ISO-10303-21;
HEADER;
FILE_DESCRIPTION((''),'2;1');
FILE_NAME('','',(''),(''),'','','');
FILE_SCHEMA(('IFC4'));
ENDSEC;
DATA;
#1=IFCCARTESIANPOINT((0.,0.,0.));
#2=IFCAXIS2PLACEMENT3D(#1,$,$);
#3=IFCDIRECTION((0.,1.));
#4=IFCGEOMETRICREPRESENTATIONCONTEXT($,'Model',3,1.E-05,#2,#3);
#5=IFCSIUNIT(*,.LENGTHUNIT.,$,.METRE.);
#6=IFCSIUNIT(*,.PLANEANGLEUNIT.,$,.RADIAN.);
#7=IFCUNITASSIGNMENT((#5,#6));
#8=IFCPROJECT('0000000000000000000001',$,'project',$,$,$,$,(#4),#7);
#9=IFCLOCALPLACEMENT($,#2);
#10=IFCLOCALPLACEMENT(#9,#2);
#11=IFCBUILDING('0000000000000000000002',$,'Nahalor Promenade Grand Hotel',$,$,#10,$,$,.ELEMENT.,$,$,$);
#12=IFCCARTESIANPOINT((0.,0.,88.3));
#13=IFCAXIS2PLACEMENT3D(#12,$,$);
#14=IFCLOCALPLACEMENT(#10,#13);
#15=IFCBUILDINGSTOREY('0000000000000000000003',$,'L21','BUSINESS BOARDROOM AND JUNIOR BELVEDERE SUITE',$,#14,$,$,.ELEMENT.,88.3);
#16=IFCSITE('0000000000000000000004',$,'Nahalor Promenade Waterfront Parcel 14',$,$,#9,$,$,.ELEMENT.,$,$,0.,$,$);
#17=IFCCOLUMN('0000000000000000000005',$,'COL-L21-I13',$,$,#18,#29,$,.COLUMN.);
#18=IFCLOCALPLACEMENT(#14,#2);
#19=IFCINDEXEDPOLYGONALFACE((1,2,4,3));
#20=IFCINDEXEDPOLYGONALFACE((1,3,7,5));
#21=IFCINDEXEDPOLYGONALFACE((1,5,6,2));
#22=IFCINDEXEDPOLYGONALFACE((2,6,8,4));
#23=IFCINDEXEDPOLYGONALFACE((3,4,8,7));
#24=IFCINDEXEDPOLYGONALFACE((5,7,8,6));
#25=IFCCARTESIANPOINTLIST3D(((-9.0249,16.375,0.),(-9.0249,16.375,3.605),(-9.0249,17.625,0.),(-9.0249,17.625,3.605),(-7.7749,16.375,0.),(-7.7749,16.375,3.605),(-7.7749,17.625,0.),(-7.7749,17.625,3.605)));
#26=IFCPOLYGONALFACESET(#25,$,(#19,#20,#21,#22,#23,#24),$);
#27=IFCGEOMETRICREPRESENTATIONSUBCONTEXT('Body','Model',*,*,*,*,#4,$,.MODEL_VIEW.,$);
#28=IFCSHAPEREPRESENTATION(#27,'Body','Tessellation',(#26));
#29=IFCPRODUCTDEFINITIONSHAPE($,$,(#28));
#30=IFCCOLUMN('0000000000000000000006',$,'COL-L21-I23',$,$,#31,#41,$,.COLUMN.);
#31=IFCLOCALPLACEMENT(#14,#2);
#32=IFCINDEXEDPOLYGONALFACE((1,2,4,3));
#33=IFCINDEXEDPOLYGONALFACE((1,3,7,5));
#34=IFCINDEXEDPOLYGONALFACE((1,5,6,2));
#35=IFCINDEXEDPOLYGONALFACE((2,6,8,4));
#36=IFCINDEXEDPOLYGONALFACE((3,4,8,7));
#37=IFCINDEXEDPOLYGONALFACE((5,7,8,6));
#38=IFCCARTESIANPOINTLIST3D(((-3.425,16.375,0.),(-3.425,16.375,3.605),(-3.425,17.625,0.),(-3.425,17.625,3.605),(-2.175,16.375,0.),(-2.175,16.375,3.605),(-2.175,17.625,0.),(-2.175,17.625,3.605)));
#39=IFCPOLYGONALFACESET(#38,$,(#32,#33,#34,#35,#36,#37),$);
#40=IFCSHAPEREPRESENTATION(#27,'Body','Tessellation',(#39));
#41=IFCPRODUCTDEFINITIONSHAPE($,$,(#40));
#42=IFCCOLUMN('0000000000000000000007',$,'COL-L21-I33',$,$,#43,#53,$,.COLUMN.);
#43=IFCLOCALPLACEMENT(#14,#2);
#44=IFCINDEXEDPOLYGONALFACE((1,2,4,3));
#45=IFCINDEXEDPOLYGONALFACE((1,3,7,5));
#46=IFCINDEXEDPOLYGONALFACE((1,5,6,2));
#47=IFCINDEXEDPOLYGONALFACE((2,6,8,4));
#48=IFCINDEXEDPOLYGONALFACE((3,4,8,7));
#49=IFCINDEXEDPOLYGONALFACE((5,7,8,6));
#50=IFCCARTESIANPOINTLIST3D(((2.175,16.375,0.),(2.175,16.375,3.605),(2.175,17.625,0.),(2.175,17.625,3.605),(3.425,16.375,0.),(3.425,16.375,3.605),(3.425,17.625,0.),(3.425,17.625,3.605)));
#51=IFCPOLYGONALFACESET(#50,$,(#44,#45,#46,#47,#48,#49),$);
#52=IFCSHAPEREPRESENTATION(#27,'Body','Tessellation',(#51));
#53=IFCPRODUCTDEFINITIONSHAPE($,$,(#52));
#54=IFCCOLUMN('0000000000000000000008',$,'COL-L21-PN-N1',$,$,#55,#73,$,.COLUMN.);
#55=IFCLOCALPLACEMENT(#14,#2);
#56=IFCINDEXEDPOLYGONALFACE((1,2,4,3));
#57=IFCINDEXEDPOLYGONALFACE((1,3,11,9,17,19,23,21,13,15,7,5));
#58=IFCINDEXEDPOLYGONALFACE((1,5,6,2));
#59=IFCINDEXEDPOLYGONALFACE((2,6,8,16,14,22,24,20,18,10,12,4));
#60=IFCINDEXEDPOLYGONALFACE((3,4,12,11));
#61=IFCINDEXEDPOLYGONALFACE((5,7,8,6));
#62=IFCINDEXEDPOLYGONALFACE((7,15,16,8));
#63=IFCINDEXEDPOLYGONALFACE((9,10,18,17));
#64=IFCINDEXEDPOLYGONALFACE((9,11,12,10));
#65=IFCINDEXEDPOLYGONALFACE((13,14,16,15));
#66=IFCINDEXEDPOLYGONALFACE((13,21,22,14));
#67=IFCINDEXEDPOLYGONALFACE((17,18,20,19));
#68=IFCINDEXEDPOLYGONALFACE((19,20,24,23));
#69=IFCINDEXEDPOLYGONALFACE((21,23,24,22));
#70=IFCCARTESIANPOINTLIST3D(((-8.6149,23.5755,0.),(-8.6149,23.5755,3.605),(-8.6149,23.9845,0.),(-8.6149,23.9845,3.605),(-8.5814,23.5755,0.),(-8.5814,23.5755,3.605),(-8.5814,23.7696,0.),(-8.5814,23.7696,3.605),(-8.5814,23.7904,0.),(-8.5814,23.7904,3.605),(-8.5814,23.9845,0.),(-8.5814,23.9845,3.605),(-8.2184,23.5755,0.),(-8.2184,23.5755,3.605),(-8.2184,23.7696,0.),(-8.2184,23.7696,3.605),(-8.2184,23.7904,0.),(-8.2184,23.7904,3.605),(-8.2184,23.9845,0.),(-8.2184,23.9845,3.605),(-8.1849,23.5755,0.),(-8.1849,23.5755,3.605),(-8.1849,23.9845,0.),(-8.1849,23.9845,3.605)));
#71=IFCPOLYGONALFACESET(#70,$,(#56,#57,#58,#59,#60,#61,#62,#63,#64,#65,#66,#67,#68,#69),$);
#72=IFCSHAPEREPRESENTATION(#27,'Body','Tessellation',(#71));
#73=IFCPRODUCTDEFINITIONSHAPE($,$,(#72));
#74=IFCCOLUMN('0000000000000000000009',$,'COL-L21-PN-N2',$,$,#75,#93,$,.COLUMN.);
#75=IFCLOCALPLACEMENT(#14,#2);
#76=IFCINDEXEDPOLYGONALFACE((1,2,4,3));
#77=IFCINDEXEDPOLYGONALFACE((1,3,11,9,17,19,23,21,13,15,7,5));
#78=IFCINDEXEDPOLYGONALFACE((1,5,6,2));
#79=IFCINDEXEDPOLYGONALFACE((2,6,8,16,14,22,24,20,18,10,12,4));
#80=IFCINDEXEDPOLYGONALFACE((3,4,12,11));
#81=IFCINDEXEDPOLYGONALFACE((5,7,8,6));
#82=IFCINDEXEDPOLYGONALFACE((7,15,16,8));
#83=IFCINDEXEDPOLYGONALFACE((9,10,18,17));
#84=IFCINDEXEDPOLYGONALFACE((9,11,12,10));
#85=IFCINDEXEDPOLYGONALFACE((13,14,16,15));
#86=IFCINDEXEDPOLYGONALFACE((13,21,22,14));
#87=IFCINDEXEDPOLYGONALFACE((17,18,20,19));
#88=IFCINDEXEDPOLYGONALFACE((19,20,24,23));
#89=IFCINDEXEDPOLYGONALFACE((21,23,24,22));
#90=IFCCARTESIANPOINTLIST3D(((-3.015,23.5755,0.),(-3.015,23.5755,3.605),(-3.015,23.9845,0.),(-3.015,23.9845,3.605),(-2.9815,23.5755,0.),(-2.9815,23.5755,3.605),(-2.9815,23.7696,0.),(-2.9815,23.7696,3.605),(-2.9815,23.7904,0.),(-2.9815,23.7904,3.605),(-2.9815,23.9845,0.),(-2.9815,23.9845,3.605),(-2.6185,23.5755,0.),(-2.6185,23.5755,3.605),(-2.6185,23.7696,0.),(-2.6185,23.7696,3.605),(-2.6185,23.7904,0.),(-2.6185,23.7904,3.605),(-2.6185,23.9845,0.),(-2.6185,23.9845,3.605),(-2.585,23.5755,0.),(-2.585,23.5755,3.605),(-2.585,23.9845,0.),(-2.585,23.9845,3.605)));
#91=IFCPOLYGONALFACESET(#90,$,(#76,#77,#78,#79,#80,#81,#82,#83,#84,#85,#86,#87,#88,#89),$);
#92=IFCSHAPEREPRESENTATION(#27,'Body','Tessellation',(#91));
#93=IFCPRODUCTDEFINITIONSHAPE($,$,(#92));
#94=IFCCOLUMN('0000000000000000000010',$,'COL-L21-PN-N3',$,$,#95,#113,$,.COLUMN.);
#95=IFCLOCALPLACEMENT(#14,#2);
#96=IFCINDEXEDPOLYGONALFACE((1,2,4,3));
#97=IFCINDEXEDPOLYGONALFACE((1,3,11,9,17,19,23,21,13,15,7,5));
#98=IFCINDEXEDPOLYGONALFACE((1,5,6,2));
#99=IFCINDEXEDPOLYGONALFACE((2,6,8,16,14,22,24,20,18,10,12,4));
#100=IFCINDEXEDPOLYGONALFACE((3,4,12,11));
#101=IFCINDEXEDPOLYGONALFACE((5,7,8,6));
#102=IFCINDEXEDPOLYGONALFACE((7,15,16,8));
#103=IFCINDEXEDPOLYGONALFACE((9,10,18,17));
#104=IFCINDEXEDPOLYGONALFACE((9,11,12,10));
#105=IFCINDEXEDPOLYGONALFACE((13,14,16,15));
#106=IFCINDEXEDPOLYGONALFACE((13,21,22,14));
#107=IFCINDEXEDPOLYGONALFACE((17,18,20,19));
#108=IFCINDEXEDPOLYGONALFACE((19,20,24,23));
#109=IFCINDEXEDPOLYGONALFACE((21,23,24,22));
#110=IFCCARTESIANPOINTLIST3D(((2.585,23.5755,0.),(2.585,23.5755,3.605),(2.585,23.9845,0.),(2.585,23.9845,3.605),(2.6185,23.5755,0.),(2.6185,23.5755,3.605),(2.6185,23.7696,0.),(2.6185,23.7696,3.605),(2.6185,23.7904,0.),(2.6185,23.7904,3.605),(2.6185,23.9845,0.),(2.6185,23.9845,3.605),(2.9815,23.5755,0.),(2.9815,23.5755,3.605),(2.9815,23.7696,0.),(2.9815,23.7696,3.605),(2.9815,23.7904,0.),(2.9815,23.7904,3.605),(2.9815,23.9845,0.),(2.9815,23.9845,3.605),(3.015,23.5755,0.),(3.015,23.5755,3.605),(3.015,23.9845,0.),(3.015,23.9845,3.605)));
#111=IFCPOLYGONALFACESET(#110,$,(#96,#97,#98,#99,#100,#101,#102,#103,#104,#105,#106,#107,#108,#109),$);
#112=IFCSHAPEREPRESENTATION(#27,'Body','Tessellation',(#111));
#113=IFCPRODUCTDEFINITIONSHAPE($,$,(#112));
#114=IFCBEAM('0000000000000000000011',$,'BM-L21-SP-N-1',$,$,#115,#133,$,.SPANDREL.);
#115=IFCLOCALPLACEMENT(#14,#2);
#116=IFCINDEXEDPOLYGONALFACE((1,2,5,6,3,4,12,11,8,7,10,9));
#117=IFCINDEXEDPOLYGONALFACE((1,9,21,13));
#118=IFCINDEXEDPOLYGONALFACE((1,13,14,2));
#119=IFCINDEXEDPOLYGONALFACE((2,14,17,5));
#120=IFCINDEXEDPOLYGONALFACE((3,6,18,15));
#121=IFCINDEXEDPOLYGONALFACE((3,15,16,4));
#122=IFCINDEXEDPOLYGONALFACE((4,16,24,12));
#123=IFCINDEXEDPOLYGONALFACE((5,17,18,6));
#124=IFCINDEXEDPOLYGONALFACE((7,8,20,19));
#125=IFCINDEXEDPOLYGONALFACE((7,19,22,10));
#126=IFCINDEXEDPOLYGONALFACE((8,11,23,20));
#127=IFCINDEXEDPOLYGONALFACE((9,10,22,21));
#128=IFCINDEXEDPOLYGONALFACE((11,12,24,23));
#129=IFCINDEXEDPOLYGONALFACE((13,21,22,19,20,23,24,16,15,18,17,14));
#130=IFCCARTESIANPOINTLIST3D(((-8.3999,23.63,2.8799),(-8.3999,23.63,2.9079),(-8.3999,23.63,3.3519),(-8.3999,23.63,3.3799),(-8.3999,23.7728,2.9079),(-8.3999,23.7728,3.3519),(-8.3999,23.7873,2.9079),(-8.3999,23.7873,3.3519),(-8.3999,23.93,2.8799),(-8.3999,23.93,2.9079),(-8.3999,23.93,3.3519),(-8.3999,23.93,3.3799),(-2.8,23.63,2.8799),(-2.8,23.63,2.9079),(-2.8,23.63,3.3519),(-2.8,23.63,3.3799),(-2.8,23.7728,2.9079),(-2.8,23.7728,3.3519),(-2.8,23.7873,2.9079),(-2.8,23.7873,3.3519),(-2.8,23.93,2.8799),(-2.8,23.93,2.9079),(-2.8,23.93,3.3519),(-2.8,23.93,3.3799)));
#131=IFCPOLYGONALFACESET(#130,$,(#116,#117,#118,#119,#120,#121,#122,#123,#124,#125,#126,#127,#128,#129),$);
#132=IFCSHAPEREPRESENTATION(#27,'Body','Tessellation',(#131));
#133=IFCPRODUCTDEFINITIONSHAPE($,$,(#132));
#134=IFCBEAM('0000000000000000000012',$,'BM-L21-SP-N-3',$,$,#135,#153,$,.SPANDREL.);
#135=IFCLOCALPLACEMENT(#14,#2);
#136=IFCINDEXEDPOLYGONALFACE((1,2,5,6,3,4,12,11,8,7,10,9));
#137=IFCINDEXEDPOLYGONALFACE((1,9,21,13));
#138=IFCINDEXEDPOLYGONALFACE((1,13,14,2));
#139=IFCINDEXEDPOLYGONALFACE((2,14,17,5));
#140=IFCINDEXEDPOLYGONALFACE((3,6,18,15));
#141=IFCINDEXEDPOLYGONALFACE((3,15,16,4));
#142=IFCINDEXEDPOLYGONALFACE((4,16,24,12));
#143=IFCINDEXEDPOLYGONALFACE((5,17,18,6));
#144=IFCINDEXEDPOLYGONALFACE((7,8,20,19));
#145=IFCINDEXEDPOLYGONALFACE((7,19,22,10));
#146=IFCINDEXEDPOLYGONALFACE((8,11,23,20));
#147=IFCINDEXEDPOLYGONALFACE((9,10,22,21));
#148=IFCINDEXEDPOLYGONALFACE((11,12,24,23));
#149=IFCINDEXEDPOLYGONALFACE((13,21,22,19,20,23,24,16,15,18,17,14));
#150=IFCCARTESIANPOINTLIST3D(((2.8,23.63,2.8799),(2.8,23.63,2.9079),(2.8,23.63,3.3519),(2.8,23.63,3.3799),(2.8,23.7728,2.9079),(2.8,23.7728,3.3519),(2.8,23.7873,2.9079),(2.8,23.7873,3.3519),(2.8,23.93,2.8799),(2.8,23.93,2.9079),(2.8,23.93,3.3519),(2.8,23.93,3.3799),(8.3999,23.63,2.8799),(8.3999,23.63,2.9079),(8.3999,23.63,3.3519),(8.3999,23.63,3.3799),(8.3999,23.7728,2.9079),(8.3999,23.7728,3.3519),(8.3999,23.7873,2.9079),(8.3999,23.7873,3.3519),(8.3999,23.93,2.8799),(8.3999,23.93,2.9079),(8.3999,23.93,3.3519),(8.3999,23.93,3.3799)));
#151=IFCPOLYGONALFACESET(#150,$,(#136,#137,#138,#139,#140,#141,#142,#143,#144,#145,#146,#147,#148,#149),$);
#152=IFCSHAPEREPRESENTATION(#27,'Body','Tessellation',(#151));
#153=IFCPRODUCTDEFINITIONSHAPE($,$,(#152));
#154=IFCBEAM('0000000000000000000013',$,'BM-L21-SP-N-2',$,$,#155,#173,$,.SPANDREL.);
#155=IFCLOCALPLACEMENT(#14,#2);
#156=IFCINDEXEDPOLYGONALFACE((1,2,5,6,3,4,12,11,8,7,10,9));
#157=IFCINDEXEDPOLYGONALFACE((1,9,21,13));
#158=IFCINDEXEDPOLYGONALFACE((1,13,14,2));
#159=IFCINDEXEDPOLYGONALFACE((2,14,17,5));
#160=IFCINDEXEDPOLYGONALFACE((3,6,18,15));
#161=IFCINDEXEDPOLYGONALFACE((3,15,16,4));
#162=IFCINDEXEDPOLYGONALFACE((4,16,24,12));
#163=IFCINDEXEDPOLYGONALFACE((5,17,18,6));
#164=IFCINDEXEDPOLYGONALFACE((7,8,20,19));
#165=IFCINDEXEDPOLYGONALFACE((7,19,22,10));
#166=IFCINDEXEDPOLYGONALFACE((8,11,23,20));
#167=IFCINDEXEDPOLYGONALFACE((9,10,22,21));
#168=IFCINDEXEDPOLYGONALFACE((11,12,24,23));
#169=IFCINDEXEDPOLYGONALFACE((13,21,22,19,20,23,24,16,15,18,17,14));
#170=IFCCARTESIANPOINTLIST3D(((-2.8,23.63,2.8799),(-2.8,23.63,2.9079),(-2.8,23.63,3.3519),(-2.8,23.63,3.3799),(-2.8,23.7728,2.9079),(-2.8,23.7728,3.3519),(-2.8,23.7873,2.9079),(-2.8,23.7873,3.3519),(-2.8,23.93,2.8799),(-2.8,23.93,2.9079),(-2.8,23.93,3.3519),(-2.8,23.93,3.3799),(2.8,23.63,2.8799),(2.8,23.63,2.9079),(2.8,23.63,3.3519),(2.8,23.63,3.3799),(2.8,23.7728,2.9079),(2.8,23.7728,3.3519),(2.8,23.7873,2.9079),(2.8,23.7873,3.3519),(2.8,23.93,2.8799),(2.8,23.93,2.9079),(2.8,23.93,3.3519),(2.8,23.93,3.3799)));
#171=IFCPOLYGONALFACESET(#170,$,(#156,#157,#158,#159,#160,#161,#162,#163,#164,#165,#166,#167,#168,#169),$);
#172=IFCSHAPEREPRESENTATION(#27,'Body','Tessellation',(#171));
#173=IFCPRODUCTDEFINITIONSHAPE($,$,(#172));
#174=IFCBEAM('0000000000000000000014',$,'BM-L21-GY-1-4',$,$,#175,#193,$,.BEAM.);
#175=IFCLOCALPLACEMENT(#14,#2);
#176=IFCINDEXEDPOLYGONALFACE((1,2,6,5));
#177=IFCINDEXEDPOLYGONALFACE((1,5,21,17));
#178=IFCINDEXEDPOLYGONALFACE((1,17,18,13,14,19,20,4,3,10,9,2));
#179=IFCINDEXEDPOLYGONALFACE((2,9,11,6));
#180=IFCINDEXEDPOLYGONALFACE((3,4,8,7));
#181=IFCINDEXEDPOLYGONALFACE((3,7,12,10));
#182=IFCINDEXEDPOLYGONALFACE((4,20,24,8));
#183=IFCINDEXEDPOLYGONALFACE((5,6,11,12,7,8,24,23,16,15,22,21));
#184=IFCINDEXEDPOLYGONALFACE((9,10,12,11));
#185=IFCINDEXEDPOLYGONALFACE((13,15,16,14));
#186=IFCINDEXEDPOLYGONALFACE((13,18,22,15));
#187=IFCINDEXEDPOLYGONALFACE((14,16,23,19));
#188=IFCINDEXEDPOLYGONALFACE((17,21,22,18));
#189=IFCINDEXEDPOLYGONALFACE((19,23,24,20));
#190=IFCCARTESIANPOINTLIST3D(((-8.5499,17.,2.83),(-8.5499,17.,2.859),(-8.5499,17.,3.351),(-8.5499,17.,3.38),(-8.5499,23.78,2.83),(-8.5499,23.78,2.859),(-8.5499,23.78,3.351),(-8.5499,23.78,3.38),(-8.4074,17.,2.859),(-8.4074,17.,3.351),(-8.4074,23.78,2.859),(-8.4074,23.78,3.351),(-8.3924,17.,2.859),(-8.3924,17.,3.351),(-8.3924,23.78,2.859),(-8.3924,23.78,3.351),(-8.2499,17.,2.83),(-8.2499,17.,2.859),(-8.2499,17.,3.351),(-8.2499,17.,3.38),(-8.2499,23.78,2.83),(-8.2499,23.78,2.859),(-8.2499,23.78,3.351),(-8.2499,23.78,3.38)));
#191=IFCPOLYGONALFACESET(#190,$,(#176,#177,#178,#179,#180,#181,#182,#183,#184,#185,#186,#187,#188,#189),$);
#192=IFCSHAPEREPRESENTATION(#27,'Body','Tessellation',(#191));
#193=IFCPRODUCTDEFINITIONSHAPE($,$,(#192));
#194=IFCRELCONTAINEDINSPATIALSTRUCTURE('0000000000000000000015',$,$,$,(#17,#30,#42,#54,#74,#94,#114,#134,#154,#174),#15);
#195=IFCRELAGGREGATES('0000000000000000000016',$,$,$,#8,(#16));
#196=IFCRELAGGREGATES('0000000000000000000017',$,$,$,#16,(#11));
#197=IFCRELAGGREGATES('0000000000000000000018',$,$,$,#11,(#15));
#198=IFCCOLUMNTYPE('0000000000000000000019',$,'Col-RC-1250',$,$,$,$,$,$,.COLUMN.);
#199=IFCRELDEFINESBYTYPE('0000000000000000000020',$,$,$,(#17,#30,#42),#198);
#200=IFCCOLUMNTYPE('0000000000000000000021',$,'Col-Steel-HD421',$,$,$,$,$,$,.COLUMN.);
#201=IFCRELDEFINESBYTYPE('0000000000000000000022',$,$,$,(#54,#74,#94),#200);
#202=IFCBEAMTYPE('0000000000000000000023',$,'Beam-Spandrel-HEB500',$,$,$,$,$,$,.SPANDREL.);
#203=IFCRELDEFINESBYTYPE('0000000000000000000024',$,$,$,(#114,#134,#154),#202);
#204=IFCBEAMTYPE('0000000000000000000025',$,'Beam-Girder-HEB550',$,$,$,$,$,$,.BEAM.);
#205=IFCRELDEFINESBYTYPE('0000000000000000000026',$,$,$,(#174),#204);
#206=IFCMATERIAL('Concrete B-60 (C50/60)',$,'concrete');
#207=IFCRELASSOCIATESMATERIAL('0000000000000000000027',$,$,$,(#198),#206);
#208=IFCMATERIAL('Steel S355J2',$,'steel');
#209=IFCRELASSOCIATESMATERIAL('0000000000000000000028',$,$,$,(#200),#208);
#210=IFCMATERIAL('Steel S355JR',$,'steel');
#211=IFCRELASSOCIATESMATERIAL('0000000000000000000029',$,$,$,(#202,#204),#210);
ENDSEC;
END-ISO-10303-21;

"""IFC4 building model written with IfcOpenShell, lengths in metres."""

from ifc_helpers import new_model, si_unit, direction, frame, origin, origin_2d, place, context, subcontext, project, spatial, rectangle, i_section, extrude, source, transform, mapped, material, material_profile, profile_set, type_object, element, save


model = new_model("IFC4")

# Units and contexts
model_context = context("Model", 3, precision=1e-05, world=origin(), true_north=direction((0.0, 1.0)))
body_context = subcontext(model_context, "Body", "Model", "MODEL_VIEW")
ifc_project = project(units=[si_unit("LENGTHUNIT", "METRE"), si_unit("PLANEANGLEUNIT", "RADIAN")], contexts=[model_context])

# Site, building, storey
site_placement = place(None, origin())
site = spatial("IfcSite", under=ifc_project, at=site_placement, Name="Nahalor Promenade Waterfront Parcel 14", CompositionType="ELEMENT", RefElevation=0.0)
building_placement = place(site_placement, origin())
building = spatial("IfcBuilding", under=site, at=building_placement, Name="Nahalor Promenade Grand Hotel", CompositionType="ELEMENT")
storey_placement = place(building_placement, frame((0.0, 0.0, 88.3)))
storey = spatial("IfcBuildingStorey", under=building, at=storey_placement, Name="L21", Description="BUSINESS BOARDROOM AND JUNIOR BELVEDERE SUITE", CompositionType="ELEMENT", Elevation=88.3)

# Columns
ifc_material_1 = material(Name="Concrete B-60 (C50/60)", Category="concrete")
ifc_material_profile_1 = material_profile(ifc_material_1, rectangle(XDim=1.25, YDim=1.25, at=origin_2d()), Name="RC 1250x1250")
ifc_profile_set_1 = profile_set([ifc_material_profile_1], Name="Concrete B-60 (C50/60)")
column_type_1 = type_object("IfcColumnType", Name="Col-RC-1250", PredefinedType="COLUMN", material=ifc_profile_set_1)
shared_shape_1 = source(origin(), body_context, "Body", "SweptSolid", [
    extrude(rectangle(XDim=1.25, YDim=1.25, at=origin_2d()), origin(), (0.0, 0.0, 1.0), 3.605),
])
for number, where, z_axis, x_axis, name in (
    (1, (-8.3999, 17.0, 0.0), (0.0, 0.0, 1.0), (1.0, 0.0, 0.0), "COL-L21-I13"),
    (2, (-2.8, 17.0, 0.0), (0.0, 0.0, 1.0), (1.0, 0.0, 0.0), "COL-L21-I23"),
    (3, (2.8, 17.0, 0.0), (0.0, 0.0, 1.0), (1.0, 0.0, 0.0), "COL-L21-I33"),
):
    element("IfcColumn", number, at=place(storey_placement, frame(where, z_axis=z_axis, x_axis=x_axis)), inside=storey, type_object=column_type_1, Name=name, PredefinedType="COLUMN", context=body_context, shape_type="MappedRepresentation", body=[
        mapped(shared_shape_1, transform((0.0, 0.0, 0.0), scale=1.0)),
    ])
ifc_material_2 = material(Name="Steel S355J2", Category="steel")
ifc_material_profile_2 = material_profile(ifc_material_2, i_section(OverallWidth=0.409, OverallDepth=0.43, WebThickness=0.0208, FlangeThickness=0.0335, at=origin_2d()), Name="HD 400x421")
ifc_profile_set_2 = profile_set([ifc_material_profile_2], Name="Steel S355J2")
column_type_2 = type_object("IfcColumnType", Name="Col-Steel-HD421", PredefinedType="COLUMN", material=ifc_profile_set_2)
shared_shape_2 = source(origin(), body_context, "Body", "SweptSolid", [
    extrude(i_section(OverallWidth=0.409, OverallDepth=0.43, WebThickness=0.0208, FlangeThickness=0.0335, at=origin_2d()), origin(), (0.0, 0.0, 1.0), 3.605),
])
for number, where, z_axis, x_axis, name in (
    (4, (-8.3999, 23.78, 0.0), (0.0, 0.0, 1.0), (0.0, 1.0, 0.0), "COL-L21-PN-N1"),
    (5, (-2.8, 23.78, 0.0), (0.0, 0.0, 1.0), (0.0, 1.0, 0.0), "COL-L21-PN-N2"),
    (6, (2.8, 23.78, 0.0), (0.0, 0.0, 1.0), (0.0, 1.0, 0.0), "COL-L21-PN-N3"),
):
    element("IfcColumn", number, at=place(storey_placement, frame(where, z_axis=z_axis, x_axis=x_axis)), inside=storey, type_object=column_type_2, Name=name, PredefinedType="COLUMN", context=body_context, shape_type="MappedRepresentation", body=[
        mapped(shared_shape_2, transform((0.0, 0.0, 0.0), scale=1.0)),
    ])

# Beams
ifc_material_3 = material(Name="Steel S355JR", Category="steel")
ifc_material_profile_3 = material_profile(ifc_material_3, i_section(OverallWidth=0.3, OverallDepth=0.5, WebThickness=0.0145, FlangeThickness=0.028, at=origin_2d()), Name="HEB 500")
ifc_profile_set_3 = profile_set([ifc_material_profile_3], Name="Steel S355JR")
beam_type_1 = type_object("IfcBeamType", Name="Beam-Spandrel-HEB500", PredefinedType="SPANDREL", material=ifc_profile_set_3)
shared_shape_3 = source(origin(), body_context, "Body", "SweptSolid", [
    extrude(i_section(OverallWidth=0.3, OverallDepth=0.5, WebThickness=0.0145, FlangeThickness=0.028, at=origin_2d()), origin(), (0.0, 0.0, 1.0), 5.5999),
])
for number, where, z_axis, x_axis, name in (
    (7, (-8.3999, 23.78, 3.1299), (1.0, 0.0, 0.0), (0.0, 1.0, 0.0), "BM-L21-SP-N-1"),
    (8, (2.8, 23.78, 3.1299), (1.0, 0.0, 0.0), (0.0, 1.0, 0.0), "BM-L21-SP-N-3"),
):
    element("IfcBeam", number, at=place(storey_placement, frame(where, z_axis=z_axis, x_axis=x_axis)), inside=storey, type_object=beam_type_1, Name=name, PredefinedType="SPANDREL", context=body_context, shape_type="MappedRepresentation", body=[
        mapped(shared_shape_3, transform((0.0, 0.0, 0.0), scale=1.0)),
    ])
shared_shape_4 = source(origin(), body_context, "Body", "SweptSolid", [
    extrude(i_section(OverallWidth=0.3, OverallDepth=0.5, WebThickness=0.0145, FlangeThickness=0.028, at=origin_2d()), origin(), (0.0, 0.0, 1.0), 5.6001),
])
beam_1_placement = place(storey_placement, frame((-2.8, 23.78, 3.1299), z_axis=(1.0, 0.0, 0.0), x_axis=(0.0, 1.0, 0.0)))
element("IfcBeam", 9, at=beam_1_placement, inside=storey, type_object=beam_type_1, Name="BM-L21-SP-N-2", PredefinedType="SPANDREL", context=body_context, shape_type="MappedRepresentation", body=[
    mapped(shared_shape_4, transform((0.0, 0.0, 0.0), scale=1.0)),
])
ifc_material_profile_4 = material_profile(ifc_material_3, i_section(OverallWidth=0.3, OverallDepth=0.55, WebThickness=0.015, FlangeThickness=0.029, at=origin_2d()), Name="HEB 550")
ifc_profile_set_4 = profile_set([ifc_material_profile_4], Name="Steel S355JR")
beam_type_2 = type_object("IfcBeamType", Name="Beam-Girder-HEB550", PredefinedType="BEAM", material=ifc_profile_set_4)
shared_shape_5 = source(origin(), body_context, "Body", "SweptSolid", [
    extrude(i_section(OverallWidth=0.3, OverallDepth=0.55, WebThickness=0.015, FlangeThickness=0.029, at=origin_2d()), origin(), (0.0, 0.0, 1.0), 6.78),
])
for number, where, z_axis, x_axis, name in (
    (10, (-8.3999, 17.0, 3.105), (0.0, 1.0, 0.0), (-1.0, 0.0, 0.0), "BM-L21-GY-1-4"),
):
    element("IfcBeam", number, at=place(storey_placement, frame(where, z_axis=z_axis, x_axis=x_axis)), inside=storey, type_object=beam_type_2, Name=name, PredefinedType="BEAM", context=body_context, shape_type="MappedRepresentation", body=[
        mapped(shared_shape_5, transform((0.0, 0.0, 0.0), scale=1.0)),
    ])

save(model, "model.ifc")
